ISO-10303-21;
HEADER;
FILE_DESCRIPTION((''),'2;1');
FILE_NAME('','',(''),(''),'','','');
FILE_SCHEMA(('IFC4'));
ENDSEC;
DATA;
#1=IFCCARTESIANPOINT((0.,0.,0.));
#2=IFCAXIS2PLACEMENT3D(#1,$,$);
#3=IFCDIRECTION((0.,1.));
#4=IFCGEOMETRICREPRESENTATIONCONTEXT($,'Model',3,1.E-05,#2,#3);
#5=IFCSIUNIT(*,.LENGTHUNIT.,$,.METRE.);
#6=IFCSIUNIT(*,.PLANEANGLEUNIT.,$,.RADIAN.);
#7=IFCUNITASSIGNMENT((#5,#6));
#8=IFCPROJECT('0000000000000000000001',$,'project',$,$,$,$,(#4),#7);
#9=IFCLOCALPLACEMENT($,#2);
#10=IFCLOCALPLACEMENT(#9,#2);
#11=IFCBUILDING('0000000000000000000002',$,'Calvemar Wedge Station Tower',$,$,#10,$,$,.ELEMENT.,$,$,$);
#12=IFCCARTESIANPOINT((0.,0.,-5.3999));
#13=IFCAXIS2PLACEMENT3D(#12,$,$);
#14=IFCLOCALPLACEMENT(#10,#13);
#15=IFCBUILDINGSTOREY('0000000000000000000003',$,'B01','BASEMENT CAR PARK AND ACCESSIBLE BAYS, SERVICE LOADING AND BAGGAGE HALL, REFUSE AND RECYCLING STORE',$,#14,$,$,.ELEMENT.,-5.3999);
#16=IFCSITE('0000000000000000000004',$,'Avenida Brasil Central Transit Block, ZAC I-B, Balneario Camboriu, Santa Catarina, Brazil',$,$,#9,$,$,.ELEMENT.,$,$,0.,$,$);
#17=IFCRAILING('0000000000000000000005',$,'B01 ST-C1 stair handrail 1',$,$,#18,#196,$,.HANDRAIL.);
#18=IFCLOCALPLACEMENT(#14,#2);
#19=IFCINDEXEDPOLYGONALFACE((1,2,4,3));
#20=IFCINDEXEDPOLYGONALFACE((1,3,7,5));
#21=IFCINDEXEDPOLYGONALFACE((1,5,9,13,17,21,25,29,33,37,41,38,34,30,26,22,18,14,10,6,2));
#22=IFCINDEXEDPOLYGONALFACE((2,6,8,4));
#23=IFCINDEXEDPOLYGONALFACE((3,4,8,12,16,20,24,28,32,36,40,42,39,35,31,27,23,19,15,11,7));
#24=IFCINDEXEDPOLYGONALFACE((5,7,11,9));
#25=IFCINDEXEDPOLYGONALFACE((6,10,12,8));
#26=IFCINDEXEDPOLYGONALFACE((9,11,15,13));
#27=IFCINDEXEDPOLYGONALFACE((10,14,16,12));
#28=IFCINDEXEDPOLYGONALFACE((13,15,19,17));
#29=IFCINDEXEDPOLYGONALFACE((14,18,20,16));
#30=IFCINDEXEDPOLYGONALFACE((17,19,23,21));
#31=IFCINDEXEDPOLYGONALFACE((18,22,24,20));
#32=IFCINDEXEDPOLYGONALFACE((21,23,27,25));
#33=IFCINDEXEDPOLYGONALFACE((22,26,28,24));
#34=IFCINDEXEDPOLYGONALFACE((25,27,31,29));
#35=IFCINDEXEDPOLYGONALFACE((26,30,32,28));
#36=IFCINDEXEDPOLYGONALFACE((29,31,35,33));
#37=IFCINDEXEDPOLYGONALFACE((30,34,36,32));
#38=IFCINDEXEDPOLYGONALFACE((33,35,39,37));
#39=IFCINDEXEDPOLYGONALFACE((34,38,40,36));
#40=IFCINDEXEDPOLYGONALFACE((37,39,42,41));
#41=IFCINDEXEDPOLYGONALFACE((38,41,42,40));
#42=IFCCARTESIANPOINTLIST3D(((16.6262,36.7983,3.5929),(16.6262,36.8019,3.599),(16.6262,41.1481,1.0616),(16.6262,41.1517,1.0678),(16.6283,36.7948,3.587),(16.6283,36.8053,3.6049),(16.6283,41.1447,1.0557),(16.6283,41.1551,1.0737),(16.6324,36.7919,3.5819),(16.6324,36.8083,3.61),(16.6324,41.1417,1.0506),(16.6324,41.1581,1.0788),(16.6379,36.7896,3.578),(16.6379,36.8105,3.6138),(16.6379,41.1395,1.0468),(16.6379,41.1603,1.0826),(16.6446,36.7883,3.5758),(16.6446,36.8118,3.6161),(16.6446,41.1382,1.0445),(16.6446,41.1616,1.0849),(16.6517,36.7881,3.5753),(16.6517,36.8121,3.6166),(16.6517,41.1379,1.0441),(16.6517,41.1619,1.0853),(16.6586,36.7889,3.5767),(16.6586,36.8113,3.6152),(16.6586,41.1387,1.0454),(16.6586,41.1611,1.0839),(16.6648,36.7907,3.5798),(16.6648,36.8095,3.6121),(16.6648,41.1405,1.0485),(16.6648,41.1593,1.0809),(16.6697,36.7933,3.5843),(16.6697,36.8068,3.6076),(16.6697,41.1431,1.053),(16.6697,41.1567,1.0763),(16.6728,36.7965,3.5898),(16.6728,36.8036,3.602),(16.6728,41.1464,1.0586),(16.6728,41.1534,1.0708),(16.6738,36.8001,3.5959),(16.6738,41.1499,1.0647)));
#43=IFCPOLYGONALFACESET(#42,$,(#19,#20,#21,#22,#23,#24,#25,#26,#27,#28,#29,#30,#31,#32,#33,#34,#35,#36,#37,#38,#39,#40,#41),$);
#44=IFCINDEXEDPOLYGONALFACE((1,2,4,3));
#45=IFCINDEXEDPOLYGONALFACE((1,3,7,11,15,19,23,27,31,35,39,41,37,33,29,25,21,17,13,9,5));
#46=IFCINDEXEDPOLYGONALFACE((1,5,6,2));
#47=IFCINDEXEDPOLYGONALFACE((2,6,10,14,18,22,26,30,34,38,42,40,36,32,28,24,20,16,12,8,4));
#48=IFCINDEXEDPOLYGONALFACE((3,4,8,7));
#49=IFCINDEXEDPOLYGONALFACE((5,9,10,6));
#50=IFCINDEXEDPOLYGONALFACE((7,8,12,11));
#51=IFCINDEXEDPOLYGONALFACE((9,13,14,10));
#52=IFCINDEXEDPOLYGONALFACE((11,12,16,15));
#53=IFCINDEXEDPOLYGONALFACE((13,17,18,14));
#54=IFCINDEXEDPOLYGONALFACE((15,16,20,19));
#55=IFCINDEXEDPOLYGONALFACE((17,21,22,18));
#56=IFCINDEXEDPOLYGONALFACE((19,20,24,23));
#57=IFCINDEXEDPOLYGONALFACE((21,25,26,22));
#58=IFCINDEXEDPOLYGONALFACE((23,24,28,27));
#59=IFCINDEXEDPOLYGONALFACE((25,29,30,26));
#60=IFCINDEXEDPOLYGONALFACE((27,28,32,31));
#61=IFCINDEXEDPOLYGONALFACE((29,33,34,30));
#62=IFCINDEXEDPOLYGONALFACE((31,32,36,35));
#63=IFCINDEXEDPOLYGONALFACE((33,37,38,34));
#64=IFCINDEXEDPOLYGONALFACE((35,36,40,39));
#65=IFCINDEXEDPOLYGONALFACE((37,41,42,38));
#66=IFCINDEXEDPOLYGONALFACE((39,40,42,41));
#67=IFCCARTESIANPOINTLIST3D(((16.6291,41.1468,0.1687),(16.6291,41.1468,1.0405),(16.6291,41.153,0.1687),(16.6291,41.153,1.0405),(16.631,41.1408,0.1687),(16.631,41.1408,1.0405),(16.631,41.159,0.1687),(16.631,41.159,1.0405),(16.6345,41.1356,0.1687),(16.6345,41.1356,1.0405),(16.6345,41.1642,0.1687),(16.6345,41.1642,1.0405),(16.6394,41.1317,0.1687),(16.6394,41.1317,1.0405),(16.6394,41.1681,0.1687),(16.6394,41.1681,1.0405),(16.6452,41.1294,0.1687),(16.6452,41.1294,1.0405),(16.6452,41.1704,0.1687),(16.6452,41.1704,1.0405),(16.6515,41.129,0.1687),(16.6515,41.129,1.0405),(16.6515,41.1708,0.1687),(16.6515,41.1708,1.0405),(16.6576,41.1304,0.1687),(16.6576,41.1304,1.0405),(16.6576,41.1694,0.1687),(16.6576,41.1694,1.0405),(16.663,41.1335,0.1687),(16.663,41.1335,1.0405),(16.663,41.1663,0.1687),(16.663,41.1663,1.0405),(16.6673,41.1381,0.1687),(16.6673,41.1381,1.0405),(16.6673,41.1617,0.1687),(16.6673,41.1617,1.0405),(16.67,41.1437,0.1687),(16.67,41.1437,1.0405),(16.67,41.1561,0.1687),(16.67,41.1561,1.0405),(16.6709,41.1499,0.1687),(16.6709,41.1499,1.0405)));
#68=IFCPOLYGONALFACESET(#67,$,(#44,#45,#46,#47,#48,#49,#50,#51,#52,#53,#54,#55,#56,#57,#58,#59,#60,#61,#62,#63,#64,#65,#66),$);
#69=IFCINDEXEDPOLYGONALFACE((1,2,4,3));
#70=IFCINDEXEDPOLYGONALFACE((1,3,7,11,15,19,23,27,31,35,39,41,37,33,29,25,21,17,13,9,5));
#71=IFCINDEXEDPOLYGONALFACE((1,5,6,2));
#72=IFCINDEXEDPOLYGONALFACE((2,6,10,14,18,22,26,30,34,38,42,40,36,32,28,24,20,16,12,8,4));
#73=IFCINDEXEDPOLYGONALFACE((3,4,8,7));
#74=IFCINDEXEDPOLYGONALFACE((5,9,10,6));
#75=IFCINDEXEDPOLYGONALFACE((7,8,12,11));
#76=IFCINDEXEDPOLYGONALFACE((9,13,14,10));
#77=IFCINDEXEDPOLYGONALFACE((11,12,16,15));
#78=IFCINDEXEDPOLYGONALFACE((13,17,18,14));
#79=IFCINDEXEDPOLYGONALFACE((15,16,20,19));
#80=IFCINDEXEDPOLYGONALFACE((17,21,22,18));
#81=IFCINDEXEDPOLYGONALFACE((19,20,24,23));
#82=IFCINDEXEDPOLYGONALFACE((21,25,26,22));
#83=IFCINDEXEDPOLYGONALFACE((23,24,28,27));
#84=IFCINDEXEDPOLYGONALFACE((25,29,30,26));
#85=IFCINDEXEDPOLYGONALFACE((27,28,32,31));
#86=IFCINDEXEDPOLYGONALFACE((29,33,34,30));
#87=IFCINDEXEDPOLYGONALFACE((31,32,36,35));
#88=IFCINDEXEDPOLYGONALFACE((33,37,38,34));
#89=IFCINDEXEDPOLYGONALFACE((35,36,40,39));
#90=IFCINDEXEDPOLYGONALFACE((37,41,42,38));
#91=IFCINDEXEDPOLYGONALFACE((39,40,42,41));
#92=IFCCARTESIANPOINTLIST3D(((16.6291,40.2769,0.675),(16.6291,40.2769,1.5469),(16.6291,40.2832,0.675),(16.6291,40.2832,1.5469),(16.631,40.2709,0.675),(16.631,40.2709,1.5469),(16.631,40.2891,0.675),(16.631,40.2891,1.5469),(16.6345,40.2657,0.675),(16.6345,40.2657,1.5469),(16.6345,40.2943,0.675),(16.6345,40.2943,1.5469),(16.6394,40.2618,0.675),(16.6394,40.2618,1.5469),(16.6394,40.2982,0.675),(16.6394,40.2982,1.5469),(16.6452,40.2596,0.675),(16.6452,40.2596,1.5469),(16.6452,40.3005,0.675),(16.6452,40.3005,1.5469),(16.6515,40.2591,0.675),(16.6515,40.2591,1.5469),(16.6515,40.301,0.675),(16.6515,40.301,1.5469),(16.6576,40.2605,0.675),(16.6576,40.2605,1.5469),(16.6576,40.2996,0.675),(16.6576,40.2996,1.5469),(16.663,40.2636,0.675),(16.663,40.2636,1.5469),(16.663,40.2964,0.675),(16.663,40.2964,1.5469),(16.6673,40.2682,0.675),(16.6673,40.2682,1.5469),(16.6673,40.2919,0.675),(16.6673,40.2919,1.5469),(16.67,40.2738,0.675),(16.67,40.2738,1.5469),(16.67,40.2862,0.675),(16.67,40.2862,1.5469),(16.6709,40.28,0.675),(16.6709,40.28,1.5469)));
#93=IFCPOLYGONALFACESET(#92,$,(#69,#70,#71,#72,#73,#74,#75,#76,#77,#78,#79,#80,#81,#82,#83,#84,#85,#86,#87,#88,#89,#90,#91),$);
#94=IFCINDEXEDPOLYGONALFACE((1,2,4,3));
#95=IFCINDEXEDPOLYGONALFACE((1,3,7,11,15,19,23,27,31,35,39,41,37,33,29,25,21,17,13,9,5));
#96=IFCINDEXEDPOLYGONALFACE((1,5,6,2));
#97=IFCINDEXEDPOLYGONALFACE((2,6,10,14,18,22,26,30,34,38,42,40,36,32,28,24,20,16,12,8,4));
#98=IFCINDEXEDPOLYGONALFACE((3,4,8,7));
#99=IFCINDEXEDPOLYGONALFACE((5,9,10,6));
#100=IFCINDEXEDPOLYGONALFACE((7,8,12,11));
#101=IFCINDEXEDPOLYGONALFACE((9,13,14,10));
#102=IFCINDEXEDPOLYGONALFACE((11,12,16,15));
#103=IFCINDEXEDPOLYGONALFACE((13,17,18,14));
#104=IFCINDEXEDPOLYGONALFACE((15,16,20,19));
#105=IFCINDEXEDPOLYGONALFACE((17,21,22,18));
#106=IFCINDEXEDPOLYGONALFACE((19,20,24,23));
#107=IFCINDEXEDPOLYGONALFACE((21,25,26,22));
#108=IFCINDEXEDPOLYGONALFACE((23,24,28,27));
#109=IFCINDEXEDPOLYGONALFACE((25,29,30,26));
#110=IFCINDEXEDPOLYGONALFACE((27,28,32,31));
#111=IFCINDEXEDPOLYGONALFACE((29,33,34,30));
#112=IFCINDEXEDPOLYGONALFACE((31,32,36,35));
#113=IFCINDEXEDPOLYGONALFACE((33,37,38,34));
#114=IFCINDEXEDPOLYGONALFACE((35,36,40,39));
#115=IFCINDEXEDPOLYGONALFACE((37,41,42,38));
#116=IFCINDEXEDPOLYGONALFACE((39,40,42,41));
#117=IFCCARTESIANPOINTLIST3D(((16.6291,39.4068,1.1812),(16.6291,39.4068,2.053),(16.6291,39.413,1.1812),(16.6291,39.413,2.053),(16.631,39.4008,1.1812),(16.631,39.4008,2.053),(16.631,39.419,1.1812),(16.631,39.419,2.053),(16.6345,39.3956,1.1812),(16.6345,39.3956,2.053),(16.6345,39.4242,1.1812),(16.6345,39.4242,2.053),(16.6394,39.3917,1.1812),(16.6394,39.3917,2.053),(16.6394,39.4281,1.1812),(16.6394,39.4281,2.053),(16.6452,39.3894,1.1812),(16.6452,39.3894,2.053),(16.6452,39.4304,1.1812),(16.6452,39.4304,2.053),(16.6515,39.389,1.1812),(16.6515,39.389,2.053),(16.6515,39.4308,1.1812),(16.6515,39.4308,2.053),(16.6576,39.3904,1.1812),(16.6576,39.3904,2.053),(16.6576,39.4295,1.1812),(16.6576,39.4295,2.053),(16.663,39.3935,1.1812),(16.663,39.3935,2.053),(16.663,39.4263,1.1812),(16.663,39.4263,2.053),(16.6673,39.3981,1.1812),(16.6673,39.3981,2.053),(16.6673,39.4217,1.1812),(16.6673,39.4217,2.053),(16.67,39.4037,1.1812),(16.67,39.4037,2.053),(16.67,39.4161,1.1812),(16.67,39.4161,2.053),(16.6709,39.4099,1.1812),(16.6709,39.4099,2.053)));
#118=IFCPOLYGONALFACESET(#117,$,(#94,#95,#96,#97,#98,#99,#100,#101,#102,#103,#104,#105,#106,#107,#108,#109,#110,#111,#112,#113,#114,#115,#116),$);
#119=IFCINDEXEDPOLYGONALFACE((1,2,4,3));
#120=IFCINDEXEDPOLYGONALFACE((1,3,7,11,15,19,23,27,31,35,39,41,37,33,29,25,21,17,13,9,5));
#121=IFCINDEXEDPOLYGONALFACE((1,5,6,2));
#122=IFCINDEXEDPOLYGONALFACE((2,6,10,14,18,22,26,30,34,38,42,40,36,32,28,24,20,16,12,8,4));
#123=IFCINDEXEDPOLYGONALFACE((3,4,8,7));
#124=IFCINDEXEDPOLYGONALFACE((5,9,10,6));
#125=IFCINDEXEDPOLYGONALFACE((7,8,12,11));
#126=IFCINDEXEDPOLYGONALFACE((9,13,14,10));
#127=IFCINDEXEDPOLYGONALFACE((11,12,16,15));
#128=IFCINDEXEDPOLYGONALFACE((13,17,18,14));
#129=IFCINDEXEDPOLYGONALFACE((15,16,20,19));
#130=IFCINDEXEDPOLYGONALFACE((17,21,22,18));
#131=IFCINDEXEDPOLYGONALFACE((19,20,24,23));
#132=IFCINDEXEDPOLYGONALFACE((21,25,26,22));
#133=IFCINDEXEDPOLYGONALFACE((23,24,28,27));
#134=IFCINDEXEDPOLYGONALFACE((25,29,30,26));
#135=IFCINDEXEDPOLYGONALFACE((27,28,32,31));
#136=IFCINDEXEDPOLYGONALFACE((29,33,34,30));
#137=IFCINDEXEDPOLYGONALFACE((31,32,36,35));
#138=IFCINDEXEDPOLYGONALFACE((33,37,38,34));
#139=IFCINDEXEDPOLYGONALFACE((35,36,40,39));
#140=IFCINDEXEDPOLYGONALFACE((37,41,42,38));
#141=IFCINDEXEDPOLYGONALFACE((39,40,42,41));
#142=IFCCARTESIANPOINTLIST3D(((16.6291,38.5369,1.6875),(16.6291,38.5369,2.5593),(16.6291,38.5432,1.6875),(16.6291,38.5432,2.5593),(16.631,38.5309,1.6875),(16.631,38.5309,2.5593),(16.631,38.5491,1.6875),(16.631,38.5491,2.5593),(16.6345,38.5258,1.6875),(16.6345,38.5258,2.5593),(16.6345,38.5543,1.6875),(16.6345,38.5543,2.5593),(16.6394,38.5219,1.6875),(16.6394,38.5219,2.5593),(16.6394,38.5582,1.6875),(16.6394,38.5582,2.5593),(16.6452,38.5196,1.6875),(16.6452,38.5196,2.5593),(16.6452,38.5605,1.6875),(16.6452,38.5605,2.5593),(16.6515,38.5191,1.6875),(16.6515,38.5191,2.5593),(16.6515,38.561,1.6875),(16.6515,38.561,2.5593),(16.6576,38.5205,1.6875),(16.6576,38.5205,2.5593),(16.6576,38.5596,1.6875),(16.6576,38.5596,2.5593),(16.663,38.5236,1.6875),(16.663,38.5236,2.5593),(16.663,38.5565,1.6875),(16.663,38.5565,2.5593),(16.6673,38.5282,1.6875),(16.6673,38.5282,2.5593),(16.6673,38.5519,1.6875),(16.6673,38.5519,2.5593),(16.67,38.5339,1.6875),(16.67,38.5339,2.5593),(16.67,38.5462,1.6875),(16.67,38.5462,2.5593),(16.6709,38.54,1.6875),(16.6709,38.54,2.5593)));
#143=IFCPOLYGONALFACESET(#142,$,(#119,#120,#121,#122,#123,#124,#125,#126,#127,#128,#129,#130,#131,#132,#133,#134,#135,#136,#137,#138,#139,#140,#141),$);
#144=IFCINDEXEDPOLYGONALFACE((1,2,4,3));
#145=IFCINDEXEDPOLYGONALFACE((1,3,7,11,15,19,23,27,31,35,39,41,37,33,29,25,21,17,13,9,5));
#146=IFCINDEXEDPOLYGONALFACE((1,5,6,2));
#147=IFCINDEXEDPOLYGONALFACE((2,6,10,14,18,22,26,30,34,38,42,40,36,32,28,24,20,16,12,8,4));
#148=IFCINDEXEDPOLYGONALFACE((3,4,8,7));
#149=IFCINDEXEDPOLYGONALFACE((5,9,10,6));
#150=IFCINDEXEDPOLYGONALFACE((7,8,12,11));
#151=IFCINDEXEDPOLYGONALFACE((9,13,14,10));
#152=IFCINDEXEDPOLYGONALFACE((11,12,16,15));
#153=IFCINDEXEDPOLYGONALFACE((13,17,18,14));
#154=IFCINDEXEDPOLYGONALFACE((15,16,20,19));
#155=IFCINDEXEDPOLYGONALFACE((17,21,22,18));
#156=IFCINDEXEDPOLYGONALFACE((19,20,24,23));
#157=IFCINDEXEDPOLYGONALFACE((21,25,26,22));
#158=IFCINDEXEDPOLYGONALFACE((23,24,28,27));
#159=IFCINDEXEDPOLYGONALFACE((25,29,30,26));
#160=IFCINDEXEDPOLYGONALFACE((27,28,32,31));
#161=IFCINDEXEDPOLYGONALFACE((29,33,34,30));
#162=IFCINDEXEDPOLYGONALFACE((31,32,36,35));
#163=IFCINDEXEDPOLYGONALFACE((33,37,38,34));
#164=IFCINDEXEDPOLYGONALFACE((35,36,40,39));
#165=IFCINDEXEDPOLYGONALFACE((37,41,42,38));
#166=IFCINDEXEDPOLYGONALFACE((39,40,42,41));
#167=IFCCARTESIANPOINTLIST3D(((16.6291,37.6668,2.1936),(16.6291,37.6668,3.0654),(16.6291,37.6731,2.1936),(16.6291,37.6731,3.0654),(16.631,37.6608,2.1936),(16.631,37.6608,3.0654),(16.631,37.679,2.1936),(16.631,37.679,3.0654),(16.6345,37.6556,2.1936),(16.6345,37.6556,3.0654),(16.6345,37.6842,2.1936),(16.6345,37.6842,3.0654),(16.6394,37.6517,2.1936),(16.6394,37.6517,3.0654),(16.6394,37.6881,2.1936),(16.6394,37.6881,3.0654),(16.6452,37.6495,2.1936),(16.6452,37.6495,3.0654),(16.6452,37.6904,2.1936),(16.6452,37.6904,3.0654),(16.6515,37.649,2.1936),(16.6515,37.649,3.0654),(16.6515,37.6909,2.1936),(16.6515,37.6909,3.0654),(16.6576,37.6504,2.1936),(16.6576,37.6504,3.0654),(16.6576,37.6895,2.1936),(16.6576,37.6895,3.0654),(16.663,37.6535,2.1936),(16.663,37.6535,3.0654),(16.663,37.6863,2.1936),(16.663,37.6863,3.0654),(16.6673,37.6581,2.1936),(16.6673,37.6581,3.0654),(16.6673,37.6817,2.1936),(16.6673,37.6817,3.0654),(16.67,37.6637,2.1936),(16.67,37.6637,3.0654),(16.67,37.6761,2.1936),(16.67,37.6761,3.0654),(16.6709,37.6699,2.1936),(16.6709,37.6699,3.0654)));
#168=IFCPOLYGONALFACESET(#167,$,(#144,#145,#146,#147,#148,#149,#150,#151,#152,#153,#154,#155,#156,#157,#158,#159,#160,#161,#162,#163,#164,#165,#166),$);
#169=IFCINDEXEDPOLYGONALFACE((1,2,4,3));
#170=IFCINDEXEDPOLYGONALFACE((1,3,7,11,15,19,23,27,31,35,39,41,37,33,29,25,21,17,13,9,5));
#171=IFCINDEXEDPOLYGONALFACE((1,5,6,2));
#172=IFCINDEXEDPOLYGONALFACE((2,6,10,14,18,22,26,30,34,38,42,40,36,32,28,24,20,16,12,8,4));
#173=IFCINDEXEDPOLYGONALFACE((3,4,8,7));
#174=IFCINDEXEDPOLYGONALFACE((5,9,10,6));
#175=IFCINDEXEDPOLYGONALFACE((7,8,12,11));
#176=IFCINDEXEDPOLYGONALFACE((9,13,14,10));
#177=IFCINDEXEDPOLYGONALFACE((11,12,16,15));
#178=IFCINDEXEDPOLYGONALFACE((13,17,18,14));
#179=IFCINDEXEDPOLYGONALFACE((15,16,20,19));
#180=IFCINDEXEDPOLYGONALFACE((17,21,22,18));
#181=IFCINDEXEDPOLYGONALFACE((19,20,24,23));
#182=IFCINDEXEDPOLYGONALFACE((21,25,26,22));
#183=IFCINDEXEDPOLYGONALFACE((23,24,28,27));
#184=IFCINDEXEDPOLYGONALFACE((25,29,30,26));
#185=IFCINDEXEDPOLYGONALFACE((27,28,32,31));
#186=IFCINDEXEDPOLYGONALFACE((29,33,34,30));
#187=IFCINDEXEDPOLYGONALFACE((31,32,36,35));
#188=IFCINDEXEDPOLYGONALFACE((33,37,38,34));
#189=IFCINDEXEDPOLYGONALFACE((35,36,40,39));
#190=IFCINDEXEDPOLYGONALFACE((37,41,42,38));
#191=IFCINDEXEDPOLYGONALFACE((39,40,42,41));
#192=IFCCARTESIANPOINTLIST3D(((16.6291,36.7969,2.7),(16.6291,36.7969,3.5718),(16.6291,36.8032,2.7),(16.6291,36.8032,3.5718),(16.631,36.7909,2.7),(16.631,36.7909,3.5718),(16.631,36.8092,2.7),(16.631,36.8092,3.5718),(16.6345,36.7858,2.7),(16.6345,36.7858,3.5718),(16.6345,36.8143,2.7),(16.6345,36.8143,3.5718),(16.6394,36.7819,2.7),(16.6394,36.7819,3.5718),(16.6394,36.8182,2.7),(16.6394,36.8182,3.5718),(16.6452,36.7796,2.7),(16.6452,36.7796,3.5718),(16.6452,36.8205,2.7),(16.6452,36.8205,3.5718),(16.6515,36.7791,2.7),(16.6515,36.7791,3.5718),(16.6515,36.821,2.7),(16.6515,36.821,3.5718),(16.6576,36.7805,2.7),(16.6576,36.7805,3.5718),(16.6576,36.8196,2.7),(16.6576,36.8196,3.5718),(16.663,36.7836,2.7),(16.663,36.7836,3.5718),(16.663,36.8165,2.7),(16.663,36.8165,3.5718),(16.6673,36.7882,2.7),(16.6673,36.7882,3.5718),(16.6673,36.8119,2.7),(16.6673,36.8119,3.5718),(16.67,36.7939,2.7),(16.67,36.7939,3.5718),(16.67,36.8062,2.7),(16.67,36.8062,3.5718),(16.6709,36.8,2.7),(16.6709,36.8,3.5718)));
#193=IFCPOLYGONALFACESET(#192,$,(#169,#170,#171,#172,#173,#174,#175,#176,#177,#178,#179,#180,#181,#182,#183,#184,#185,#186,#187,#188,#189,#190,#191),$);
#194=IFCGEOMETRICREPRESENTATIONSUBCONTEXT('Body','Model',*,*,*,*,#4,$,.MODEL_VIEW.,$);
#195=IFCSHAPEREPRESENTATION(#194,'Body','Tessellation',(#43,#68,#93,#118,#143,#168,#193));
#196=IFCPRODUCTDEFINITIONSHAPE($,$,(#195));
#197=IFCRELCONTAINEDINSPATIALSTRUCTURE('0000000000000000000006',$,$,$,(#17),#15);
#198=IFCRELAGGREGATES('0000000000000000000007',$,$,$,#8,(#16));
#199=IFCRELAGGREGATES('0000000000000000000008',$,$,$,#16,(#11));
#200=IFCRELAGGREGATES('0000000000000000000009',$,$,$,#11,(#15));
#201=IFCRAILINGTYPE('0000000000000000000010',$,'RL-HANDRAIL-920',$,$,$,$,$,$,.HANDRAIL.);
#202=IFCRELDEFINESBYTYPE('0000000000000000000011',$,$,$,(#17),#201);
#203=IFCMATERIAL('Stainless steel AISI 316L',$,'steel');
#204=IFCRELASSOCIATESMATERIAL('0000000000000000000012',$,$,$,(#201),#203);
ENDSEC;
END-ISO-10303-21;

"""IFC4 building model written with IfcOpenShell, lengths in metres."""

from ifc_helpers import new_model, si_unit, direction, frame, origin, origin_2d, place, context, subcontext, project, spatial, circle, extrude, material, type_object, element, save


model = new_model("IFC4")

# Units and contexts
model_context = context("Model", 3, precision=1e-05, world=origin(), true_north=direction((0.0, 1.0)))
body_context = subcontext(model_context, "Body", "Model", "MODEL_VIEW")
ifc_project = project(units=[si_unit("LENGTHUNIT", "METRE"), si_unit("PLANEANGLEUNIT", "RADIAN")], contexts=[model_context])

# Site, building, storey
site_placement = place(None, origin())
site = spatial("IfcSite", under=ifc_project, at=site_placement, Name="Avenida Brasil Central Transit Block, ZAC I-B, Balneario Camboriu, Santa Catarina, Brazil", CompositionType="ELEMENT", RefElevation=0.0)
building_placement = place(site_placement, origin())
building = spatial("IfcBuilding", under=site, at=building_placement, Name="Calvemar Wedge Station Tower", CompositionType="ELEMENT")
storey_placement = place(building_placement, frame((0.0, 0.0, -5.3999)))
storey = spatial("IfcBuildingStorey", under=building, at=storey_placement, Name="B01", Description="BASEMENT CAR PARK AND ACCESSIBLE BAYS, SERVICE LOADING AND BAGGAGE HALL, REFUSE AND RECYCLING STORE", CompositionType="ELEMENT", Elevation=-5.3999)

# Railing
ifc_material_1 = material(Name="Stainless steel AISI 316L", Category="steel")
railing_type_1 = type_object("IfcRailingType", Name="RL-HANDRAIL-920", PredefinedType="HANDRAIL", material=ifc_material_1)
railing_1_placement = place(storey_placement, frame((16.6499, 41.1499, 0.1687)))
element("IfcRailing", 1, at=railing_1_placement, inside=storey, type_object=railing_type_1, Name="B01 ST-C1 stair handrail 1", PredefinedType="HANDRAIL", context=body_context, shape_type="SweptSolid", body=[
    extrude(circle(Radius=0.0239, at=origin_2d()), frame((0.0, 0.0, 0.896), z_axis=(0.0, -0.864312, 0.502957), x_axis=(1.0, 0.0, 0.0)), (0.0, 0.0, 1.0), 5.0327),
    extrude(circle(Radius=0.021, at=origin_2d()), origin(), (0.0, 0.0, 1.0), 0.8718),
    extrude(circle(Radius=0.021, at=origin_2d()), frame((0.0, -0.8699, 0.5063)), (0.0, 0.0, 1.0), 0.8718),
    extrude(circle(Radius=0.021, at=origin_2d()), frame((0.0, -1.74, 1.0125)), (0.0, 0.0, 1.0), 0.8718),
    extrude(circle(Radius=0.021, at=origin_2d()), frame((0.0, -2.6099, 1.5188)), (0.0, 0.0, 1.0), 0.8718),
    extrude(circle(Radius=0.021, at=origin_2d()), frame((0.0, -3.48, 2.0249)), (0.0, 0.0, 1.0), 0.8718),
    extrude(circle(Radius=0.021, at=origin_2d()), frame((0.0, -4.3499, 2.5312)), (0.0, 0.0, 1.0), 0.8718),
])

save(model, "model.ifc")
